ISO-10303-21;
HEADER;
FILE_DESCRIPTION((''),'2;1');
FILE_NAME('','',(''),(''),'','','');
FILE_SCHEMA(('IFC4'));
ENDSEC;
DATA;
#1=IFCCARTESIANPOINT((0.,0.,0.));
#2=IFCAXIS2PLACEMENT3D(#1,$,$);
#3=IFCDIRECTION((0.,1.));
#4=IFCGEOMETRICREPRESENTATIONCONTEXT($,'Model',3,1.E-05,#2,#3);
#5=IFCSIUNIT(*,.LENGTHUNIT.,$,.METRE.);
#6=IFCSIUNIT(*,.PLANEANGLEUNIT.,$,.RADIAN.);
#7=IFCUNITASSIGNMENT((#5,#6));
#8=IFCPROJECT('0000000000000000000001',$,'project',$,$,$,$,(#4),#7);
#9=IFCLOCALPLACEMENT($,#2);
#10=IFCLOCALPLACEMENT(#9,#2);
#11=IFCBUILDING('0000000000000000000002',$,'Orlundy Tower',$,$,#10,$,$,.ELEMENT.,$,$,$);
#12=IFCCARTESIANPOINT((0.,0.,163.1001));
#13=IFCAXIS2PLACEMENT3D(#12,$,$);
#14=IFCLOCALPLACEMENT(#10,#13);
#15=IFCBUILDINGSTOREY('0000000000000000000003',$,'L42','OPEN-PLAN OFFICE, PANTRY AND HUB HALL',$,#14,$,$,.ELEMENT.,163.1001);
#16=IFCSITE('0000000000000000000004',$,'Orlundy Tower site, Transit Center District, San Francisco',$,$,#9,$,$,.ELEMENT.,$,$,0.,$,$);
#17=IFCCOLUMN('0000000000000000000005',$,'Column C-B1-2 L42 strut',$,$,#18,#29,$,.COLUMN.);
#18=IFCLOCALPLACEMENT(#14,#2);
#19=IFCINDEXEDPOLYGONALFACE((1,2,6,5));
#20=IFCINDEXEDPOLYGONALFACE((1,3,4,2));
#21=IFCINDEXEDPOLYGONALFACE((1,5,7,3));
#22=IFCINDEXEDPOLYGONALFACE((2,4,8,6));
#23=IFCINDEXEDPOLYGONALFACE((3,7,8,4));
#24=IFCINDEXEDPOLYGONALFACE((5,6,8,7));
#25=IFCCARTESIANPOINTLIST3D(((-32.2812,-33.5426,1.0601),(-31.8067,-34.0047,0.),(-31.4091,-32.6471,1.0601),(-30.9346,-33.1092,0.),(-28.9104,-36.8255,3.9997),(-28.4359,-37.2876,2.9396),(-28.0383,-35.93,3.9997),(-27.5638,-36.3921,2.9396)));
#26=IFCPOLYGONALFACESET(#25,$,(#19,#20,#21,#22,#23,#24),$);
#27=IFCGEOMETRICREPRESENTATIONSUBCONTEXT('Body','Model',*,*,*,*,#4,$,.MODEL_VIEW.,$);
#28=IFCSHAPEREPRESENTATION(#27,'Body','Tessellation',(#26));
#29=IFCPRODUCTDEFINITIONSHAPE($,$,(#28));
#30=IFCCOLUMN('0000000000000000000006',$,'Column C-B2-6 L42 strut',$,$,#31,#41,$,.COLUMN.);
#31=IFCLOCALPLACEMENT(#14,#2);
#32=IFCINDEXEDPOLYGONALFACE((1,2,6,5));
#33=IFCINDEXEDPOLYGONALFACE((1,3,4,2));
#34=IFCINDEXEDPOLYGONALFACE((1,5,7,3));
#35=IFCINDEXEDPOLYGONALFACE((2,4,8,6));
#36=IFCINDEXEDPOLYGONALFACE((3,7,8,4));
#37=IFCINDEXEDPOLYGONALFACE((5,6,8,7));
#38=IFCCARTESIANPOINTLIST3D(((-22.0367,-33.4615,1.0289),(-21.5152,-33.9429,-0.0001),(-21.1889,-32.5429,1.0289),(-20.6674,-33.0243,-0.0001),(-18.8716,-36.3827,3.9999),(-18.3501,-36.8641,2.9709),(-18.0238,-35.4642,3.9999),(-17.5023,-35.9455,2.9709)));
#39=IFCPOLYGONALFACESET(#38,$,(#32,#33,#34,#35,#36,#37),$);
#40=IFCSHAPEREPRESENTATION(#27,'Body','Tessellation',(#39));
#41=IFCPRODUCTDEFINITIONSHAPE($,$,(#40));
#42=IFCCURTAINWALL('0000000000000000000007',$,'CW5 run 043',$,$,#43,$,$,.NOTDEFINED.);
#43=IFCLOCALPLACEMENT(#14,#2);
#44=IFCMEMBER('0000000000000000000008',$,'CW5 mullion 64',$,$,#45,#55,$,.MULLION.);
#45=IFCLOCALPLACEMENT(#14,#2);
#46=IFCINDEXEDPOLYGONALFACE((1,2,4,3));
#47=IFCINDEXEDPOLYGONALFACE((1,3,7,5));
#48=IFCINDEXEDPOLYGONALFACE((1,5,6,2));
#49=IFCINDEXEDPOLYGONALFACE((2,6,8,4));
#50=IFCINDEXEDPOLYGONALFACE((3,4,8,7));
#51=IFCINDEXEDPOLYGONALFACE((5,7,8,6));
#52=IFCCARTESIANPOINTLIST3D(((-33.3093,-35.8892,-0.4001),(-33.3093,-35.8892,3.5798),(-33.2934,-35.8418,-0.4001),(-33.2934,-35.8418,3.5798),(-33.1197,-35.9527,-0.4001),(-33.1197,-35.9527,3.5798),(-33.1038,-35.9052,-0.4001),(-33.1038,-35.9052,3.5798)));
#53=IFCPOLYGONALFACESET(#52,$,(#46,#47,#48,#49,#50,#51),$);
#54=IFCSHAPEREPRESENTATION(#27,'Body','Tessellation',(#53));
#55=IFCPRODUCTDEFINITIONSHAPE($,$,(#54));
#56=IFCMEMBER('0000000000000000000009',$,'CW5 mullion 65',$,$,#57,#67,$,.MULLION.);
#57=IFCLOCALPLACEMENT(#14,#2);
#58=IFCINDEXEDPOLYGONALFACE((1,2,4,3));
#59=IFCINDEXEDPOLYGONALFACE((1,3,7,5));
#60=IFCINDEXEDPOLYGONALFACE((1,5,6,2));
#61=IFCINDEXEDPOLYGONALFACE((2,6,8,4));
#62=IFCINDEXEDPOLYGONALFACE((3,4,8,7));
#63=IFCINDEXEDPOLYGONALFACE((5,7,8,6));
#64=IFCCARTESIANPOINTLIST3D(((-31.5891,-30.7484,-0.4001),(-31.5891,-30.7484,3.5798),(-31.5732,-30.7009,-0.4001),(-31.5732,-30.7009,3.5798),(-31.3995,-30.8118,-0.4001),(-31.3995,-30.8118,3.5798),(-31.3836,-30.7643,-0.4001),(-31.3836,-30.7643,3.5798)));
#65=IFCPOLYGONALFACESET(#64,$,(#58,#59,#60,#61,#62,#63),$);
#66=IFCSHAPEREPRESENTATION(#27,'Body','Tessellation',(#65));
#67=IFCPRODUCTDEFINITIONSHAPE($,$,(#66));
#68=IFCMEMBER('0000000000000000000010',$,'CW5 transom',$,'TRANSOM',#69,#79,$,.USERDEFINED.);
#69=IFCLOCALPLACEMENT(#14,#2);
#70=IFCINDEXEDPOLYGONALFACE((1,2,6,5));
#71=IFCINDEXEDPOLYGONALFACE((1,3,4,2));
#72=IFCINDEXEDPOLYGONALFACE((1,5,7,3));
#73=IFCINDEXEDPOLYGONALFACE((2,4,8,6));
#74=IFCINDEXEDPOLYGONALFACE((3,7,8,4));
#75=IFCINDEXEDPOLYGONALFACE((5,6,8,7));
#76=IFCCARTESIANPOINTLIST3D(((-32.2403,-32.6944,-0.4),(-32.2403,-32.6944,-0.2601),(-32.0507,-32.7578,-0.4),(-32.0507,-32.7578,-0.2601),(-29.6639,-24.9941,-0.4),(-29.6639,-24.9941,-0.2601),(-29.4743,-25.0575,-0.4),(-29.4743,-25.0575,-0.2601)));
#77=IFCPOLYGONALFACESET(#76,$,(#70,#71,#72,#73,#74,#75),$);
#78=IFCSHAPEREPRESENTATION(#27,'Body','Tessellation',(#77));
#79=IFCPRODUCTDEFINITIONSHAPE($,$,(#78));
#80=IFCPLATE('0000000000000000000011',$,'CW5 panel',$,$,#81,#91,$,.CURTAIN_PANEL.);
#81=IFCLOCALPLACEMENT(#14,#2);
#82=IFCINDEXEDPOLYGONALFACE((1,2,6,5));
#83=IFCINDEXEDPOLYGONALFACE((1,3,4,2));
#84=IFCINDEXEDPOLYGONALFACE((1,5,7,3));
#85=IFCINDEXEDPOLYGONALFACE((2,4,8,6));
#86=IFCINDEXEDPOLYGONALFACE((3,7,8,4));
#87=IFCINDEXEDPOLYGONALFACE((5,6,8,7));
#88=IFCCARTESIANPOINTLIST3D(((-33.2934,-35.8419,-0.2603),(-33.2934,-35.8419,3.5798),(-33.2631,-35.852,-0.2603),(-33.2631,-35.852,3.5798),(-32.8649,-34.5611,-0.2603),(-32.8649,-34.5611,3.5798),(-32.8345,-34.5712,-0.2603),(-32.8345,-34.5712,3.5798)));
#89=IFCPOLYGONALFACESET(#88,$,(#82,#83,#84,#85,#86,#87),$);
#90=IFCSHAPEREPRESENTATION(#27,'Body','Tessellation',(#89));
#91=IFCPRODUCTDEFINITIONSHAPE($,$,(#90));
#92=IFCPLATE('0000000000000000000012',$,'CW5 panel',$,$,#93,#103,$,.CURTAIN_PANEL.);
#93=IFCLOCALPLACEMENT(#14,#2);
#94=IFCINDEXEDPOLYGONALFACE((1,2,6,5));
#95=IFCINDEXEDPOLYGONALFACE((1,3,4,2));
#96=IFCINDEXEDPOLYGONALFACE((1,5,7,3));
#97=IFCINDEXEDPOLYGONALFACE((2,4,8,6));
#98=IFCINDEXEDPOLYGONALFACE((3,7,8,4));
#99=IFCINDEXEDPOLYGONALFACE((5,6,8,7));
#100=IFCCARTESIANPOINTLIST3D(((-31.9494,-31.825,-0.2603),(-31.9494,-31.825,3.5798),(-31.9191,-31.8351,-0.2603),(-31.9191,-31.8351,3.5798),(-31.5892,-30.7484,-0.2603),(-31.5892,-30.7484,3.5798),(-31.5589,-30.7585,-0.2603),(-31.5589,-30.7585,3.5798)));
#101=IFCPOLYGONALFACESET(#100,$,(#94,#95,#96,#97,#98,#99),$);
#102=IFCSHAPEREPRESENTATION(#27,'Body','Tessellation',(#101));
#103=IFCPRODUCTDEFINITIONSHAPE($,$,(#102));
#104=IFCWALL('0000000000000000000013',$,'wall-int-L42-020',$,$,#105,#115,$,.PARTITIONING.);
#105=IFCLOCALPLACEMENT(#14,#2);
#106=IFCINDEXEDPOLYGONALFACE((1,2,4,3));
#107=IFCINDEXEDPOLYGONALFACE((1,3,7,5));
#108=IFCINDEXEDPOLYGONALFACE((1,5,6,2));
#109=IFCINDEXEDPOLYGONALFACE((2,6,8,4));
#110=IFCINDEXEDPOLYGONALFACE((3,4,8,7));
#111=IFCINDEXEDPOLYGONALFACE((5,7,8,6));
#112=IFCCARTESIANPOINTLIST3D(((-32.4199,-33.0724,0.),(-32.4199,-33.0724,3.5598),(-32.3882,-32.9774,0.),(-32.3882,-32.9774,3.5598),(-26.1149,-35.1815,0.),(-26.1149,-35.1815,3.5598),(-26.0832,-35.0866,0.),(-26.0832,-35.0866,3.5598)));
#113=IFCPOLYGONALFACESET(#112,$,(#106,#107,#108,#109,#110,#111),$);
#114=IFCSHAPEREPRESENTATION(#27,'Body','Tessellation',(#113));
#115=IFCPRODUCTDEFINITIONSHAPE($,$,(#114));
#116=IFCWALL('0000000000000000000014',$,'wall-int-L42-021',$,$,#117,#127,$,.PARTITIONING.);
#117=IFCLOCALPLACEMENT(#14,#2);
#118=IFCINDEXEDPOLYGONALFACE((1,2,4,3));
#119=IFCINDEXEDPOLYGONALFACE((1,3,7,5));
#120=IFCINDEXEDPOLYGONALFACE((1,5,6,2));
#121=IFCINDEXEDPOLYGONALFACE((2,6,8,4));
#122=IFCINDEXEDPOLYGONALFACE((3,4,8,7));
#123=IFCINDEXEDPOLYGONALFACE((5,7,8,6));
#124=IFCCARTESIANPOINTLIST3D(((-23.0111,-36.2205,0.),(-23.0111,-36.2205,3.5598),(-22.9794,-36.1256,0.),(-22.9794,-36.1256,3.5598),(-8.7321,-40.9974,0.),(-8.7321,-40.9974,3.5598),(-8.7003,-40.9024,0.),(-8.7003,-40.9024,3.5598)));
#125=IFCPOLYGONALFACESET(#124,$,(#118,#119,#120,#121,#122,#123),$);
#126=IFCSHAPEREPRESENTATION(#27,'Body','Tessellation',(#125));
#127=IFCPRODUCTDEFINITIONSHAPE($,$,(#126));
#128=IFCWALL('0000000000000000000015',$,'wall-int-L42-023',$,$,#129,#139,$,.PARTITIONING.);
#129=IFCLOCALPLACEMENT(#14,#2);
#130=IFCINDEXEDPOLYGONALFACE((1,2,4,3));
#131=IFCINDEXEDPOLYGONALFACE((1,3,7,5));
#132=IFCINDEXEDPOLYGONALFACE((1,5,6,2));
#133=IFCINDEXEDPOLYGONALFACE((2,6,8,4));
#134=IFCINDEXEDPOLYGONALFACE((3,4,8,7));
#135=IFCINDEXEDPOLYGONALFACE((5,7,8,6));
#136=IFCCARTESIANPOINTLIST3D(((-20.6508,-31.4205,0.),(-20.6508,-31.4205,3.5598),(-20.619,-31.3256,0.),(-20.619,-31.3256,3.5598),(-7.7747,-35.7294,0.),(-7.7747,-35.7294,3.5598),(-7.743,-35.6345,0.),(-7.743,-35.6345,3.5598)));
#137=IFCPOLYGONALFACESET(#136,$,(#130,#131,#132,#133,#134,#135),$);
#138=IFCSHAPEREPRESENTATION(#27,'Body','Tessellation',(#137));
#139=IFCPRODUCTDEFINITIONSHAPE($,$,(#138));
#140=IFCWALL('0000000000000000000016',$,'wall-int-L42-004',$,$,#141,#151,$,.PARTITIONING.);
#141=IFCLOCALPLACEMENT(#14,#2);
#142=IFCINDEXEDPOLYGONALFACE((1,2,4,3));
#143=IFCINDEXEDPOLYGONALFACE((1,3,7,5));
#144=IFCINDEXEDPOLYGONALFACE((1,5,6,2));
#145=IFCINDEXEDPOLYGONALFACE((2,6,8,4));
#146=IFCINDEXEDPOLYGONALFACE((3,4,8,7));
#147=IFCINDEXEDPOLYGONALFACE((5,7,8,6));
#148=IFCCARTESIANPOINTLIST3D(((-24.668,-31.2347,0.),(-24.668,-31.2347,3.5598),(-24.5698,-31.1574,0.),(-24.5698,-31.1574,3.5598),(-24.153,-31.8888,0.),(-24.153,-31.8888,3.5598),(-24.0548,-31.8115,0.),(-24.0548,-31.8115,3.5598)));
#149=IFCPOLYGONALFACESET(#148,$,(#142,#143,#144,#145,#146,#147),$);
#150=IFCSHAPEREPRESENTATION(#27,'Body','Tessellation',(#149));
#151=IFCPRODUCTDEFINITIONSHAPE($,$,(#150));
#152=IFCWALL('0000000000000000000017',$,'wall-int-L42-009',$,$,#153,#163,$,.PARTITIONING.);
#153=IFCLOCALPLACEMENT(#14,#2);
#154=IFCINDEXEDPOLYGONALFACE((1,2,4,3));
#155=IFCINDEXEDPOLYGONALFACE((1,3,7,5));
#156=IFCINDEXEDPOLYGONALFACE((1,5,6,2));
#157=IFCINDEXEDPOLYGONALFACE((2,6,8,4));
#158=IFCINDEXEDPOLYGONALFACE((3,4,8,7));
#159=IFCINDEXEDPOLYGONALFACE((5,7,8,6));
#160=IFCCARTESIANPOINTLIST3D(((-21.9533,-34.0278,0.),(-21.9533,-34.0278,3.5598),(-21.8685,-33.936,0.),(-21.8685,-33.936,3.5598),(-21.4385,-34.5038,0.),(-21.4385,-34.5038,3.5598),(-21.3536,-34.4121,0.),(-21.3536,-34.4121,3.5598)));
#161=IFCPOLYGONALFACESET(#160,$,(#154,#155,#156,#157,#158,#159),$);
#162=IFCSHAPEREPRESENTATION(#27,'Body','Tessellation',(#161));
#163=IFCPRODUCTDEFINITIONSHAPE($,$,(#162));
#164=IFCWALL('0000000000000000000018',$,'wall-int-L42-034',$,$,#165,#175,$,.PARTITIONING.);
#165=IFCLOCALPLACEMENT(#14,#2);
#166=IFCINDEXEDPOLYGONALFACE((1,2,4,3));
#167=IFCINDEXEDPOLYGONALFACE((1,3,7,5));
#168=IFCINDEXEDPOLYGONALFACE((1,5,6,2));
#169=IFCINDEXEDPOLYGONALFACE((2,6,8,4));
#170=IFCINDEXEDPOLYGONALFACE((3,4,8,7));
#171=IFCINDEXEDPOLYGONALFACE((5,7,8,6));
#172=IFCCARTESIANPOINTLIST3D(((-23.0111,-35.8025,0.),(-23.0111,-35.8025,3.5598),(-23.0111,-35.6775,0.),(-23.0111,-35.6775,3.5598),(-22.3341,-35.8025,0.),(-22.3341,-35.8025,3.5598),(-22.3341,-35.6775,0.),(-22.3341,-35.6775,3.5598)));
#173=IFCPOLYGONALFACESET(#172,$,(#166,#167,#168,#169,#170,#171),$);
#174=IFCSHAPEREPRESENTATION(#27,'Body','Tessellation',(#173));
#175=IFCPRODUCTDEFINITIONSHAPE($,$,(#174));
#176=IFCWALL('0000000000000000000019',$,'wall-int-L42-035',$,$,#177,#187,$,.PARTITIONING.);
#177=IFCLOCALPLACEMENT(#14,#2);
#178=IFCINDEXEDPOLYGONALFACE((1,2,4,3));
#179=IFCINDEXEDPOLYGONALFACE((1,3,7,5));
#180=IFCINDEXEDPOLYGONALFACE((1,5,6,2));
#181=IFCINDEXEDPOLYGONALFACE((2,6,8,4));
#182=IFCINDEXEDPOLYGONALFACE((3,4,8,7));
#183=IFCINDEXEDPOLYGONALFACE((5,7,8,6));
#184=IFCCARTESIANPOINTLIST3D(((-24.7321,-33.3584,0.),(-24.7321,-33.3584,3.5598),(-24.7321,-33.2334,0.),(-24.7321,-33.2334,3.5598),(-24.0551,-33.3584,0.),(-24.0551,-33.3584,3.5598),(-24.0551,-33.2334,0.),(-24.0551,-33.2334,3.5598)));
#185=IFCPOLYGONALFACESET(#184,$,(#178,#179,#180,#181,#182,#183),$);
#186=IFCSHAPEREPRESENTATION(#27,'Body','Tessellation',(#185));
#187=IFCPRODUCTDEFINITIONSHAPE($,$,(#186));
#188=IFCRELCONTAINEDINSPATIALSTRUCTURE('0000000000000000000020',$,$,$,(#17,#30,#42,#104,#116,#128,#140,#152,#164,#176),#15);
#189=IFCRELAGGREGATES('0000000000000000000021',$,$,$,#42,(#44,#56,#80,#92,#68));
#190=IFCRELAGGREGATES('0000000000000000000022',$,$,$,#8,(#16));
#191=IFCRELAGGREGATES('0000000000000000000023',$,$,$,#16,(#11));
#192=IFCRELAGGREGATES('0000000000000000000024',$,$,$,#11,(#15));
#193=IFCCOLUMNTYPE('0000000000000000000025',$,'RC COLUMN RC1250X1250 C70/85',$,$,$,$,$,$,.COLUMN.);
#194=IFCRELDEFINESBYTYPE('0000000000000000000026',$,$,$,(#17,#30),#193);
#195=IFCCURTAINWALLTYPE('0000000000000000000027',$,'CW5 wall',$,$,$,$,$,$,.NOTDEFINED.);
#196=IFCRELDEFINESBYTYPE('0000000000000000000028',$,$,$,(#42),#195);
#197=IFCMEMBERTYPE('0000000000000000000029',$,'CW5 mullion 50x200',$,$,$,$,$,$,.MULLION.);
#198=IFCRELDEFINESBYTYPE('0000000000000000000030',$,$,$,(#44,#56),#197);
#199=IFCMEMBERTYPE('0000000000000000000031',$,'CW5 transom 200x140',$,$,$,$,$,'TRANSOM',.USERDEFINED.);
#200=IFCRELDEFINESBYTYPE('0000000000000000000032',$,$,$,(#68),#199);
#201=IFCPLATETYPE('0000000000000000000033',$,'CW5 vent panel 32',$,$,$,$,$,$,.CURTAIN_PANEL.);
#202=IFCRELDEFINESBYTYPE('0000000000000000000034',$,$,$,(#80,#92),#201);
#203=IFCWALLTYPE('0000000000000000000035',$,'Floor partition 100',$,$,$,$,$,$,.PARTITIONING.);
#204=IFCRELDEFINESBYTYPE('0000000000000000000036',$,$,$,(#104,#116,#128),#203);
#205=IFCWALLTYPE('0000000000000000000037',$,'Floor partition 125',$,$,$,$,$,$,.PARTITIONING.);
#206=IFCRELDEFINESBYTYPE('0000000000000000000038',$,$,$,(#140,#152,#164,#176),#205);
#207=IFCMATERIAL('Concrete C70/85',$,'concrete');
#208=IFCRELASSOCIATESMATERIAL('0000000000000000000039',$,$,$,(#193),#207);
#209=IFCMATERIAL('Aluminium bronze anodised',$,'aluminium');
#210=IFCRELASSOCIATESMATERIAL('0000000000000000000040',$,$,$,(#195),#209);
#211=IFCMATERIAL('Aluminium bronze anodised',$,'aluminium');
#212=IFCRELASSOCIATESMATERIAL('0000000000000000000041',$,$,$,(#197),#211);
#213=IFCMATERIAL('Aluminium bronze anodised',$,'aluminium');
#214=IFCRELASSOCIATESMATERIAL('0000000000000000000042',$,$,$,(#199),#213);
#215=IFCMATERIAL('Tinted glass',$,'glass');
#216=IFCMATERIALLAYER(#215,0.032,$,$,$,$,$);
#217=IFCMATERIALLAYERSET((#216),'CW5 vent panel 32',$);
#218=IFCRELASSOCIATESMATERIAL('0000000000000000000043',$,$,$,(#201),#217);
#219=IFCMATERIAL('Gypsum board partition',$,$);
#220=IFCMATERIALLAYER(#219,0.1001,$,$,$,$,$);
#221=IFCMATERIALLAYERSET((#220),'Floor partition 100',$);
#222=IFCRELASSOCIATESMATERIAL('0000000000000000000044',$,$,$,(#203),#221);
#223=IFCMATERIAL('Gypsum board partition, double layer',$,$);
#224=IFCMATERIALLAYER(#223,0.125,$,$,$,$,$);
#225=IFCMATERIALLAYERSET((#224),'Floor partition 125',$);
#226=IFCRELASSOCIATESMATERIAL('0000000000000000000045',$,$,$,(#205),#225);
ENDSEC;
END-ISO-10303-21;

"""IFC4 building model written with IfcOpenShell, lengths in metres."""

from ifc_helpers import new_model, si_unit, direction, frame, frame_2d, origin, origin_2d, place, context, subcontext, project, spatial, rectangle, extrude, material, layer, layer_set, material_profile, profile_set, type_object, element, aggregate, save


model = new_model("IFC4")

# Units and contexts
model_context = context("Model", 3, precision=1e-05, world=origin(), true_north=direction((0.0, 1.0)))
body_context = subcontext(model_context, "Body", "Model", "MODEL_VIEW")
ifc_project = project(units=[si_unit("LENGTHUNIT", "METRE"), si_unit("PLANEANGLEUNIT", "RADIAN")], contexts=[model_context])

# Site, building, storey
site_placement = place(None, origin())
site = spatial("IfcSite", under=ifc_project, at=site_placement, Name="Orlundy Tower site, Transit Center District, San Francisco", CompositionType="ELEMENT", RefElevation=0.0)
building_placement = place(site_placement, origin())
building = spatial("IfcBuilding", under=site, at=building_placement, Name="Orlundy Tower", CompositionType="ELEMENT")
storey_placement = place(building_placement, frame((0.0, 0.0, 163.1001)))
storey = spatial("IfcBuildingStorey", under=building, at=storey_placement, Name="L42", Description="OPEN-PLAN OFFICE, PANTRY AND HUB HALL", CompositionType="ELEMENT", Elevation=163.1001)

# Columns
ifc_material_1 = material(Name="Concrete C70/85", Category="concrete")
ifc_material_profile_1 = material_profile(ifc_material_1, rectangle(XDim=1.25, YDim=1.25, at=origin_2d()), Name="RC1250X1250")
ifc_profile_set_1 = profile_set([ifc_material_profile_1], Name="Concrete C70/85")
column_type = type_object("IfcColumnType", Name="RC COLUMN RC1250X1250 C70/85", PredefinedType="COLUMN", material=ifc_profile_set_1)
column_1_placement = place(storey_placement, frame((-31.6079, -33.3259, 0.53), z_axis=(0.60756, -0.591719, 0.529849), x_axis=(0.697706, 0.716385, 0.0)))
element("IfcColumn", 1, at=column_1_placement, inside=storey, type_object=column_type, Name="Column C-B1-2 L42 strut", PredefinedType="COLUMN", context=body_context, shape_type="SweptSolid", body=[
    extrude(rectangle(XDim=1.25, YDim=1.25, at=origin_2d()), origin(), (0.0, 0.0, 1.0), 5.5481),
])
column_2_placement = place(storey_placement, frame((-21.3521, -33.2429, 0.5144), z_axis=(0.604903, -0.558289, 0.567808), x_axis=(0.678226, 0.734853, 0.0)))
element("IfcColumn", 2, at=column_2_placement, inside=storey, type_object=column_type, Name="Column C-B2-6 L42 strut", PredefinedType="COLUMN", context=body_context, shape_type="SweptSolid", body=[
    extrude(rectangle(XDim=1.25, YDim=1.25, at=origin_2d()), origin(), (0.0, 0.0, 1.0), 5.2324),
])

# Curtain wall, members, plates
ifc_material_2 = material(Name="Aluminium bronze anodised", Category="aluminium")
curtain_wall_type = type_object("IfcCurtainWallType", Name="CW5 wall", PredefinedType="NOTDEFINED", material=ifc_material_2)
curtain_wall_placement = place(storey_placement, origin())
curtain_wall = element("IfcCurtainWall", 3, at=curtain_wall_placement, inside=storey, type_object=curtain_wall_type, Name="CW5 run 043", PredefinedType="NOTDEFINED")
ifc_material_3 = material(Name="Aluminium bronze anodised", Category="aluminium")
ifc_material_profile_2 = material_profile(ifc_material_3, rectangle(XDim=0.2, YDim=0.05, at=origin_2d()), Name="CW5 mullion 50x200")
ifc_profile_set_2 = profile_set([ifc_material_profile_2], Name="Aluminium bronze anodised")
member_type_1 = type_object("IfcMemberType", Name="CW5 mullion 50x200", PredefinedType="MULLION", material=ifc_profile_set_2)
member_1_placement = place(storey_placement, frame((-33.2065, -35.8972, -0.4001), z_axis=(0.0, 0.0, 1.0), x_axis=(-0.948321, 0.317312, 0.0)))
member_1 = element("IfcMember", 4, at=member_1_placement, type_object=member_type_1, Name="CW5 mullion 64", PredefinedType="MULLION", context=body_context, shape_type="SweptSolid", body=[
    extrude(rectangle(XDim=0.2, YDim=0.05, at=origin_2d()), origin(), (0.0, 0.0, 1.0), 3.98),
])
member_2_placement = place(storey_placement, frame((-31.4863, -30.7563, -0.4001), z_axis=(0.0, 0.0, 1.0), x_axis=(-0.948321, 0.317312, 0.0)))
member_2 = element("IfcMember", 5, at=member_2_placement, type_object=member_type_1, Name="CW5 mullion 65", PredefinedType="MULLION", context=body_context, shape_type="SweptSolid", body=[
    extrude(rectangle(XDim=0.2, YDim=0.05, at=origin_2d()), origin(), (0.0, 0.0, 1.0), 3.98),
])
ifc_material_4 = material(Name="Aluminium bronze anodised", Category="aluminium")
ifc_material_profile_3 = material_profile(ifc_material_4, rectangle(XDim=0.2, YDim=0.1399, at=origin_2d()), Name="CW5 transom 200x140")
ifc_profile_set_3 = profile_set([ifc_material_profile_3], Name="Aluminium bronze anodised")
member_type_2 = type_object("IfcMemberType", Name="CW5 transom 200x140", ElementType="TRANSOM", PredefinedType="USERDEFINED", material=ifc_profile_set_3)
member_3_placement = place(storey_placement, frame((-32.1455, -32.7261, -0.3301), z_axis=(0.317301, 0.948325, 0.0), x_axis=(-0.948325, 0.317301, 0.0)))
member_3 = element("IfcMember", 6, at=member_3_placement, type_object=member_type_2, Name="CW5 transom", ObjectType="TRANSOM", PredefinedType="USERDEFINED", context=body_context, shape_type="SweptSolid", body=[
    extrude(rectangle(XDim=0.2, YDim=0.1399, at=origin_2d()), origin(), (0.0, 0.0, 1.0), 8.1199),
])
ifc_material_5 = material(Name="Tinted glass", Category="glass")
ifc_layer_1 = layer(ifc_material_5, 0.032)
ifc_layer_set_1 = layer_set([ifc_layer_1], Name="CW5 vent panel 32")
plate_type = type_object("IfcPlateType", Name="CW5 vent panel 32", PredefinedType="CURTAIN_PANEL", material=ifc_layer_set_1)
plate_1_placement = place(storey_placement, frame((-33.064, -35.2065, -0.2603), z_axis=(0.0, 0.0, 1.0), x_axis=(0.317312, 0.948321, 0.0)))
plate_1 = element("IfcPlate", 7, at=plate_1_placement, type_object=plate_type, Name="CW5 panel", PredefinedType="CURTAIN_PANEL", context=body_context, shape_type="SweptSolid", body=[
    extrude(rectangle(XDim=1.3506, YDim=0.032, at=origin_2d()), origin(), (0.0, 0.0, 1.0), 3.8401),
])
plate_2_placement = place(storey_placement, frame((-31.7542, -31.2917, -0.2603), z_axis=(0.0, 0.0, 1.0), x_axis=(0.317312, 0.948321, 0.0)))
plate_2 = element("IfcPlate", 8, at=plate_2_placement, type_object=plate_type, Name="CW5 panel", PredefinedType="CURTAIN_PANEL", context=body_context, shape_type="SweptSolid", body=[
    extrude(rectangle(XDim=1.1353, YDim=0.032, at=origin_2d()), origin(), (0.0, 0.0, 1.0), 3.8401),
])
aggregate(curtain_wall, [member_1, member_2, plate_1, plate_2, member_3])

# Walls
ifc_material_6 = material(Name="Gypsum board partition")
ifc_layer_2 = layer(ifc_material_6, 0.1001)
ifc_layer_set_2 = layer_set([ifc_layer_2], Name="Floor partition 100")
wall_type_1 = type_object("IfcWallType", Name="Floor partition 100", PredefinedType="PARTITIONING", material=ifc_layer_set_2)
wall_1_placement = place(storey_placement, frame((-32.4041, -33.0249, 0.0), z_axis=(0.0, 0.0, 1.0), x_axis=(0.948345, -0.317241, 0.0)))
element("IfcWall", 9, at=wall_1_placement, inside=storey, type_object=wall_type_1, Name="wall-int-L42-020", PredefinedType="PARTITIONING", context=body_context, shape_type="SweptSolid", body=[
    extrude(rectangle(XDim=6.6484, YDim=0.1001, at=frame_2d((3.3242, 0.0))), origin(), (0.0, 0.0, 1.0), 3.5598),
])
wall_2_placement = place(storey_placement, frame((-22.9951, -36.1731, 0.0), z_axis=(0.0, 0.0, 1.0), x_axis=(0.948341, -0.317254, 0.0)))
element("IfcWall", 10, at=wall_2_placement, inside=storey, type_object=wall_type_1, Name="wall-int-L42-021", PredefinedType="PARTITIONING", context=body_context, shape_type="SweptSolid", body=[
    extrude(rectangle(XDim=15.0569, YDim=0.1001, at=frame_2d((7.5283, 0.0))), origin(), (0.0, 0.0, 1.0), 3.5598),
])
wall_3_placement = place(storey_placement, frame((-20.635, -31.373, 0.0), z_axis=(0.0, 0.0, 1.0), x_axis=(0.94831, -0.317344, 0.0)))
element("IfcWall", 11, at=wall_3_placement, inside=storey, type_object=wall_type_1, Name="wall-int-L42-023", PredefinedType="PARTITIONING", context=body_context, shape_type="SweptSolid", body=[
    extrude(rectangle(XDim=13.5779, YDim=0.1001, at=frame_2d((6.7891, 0.0))), origin(), (0.0, 0.0, 1.0), 3.5598),
])
ifc_material_7 = material(Name="Gypsum board partition, double layer")
ifc_layer_3 = layer(ifc_material_7, 0.125)
ifc_layer_set_3 = layer_set([ifc_layer_3], Name="Floor partition 125")
wall_type_2 = type_object("IfcWallType", Name="Floor partition 125", PredefinedType="PARTITIONING", material=ifc_layer_set_3)
wall_4_placement = place(storey_placement, frame((-24.6189, -31.196, 0.0), z_axis=(0.0, 0.0, 1.0), x_axis=(0.61856, -0.785738, 0.0)))
element("IfcWall", 12, at=wall_4_placement, inside=storey, type_object=wall_type_2, Name="wall-int-L42-004", PredefinedType="PARTITIONING", context=body_context, shape_type="SweptSolid", body=[
    extrude(rectangle(XDim=0.8325, YDim=0.125, at=frame_2d((0.4163, 0.0))), origin(), (0.0, 0.0, 1.0), 3.5598),
])
wall_5_placement = place(storey_placement, frame((-21.9109, -33.9819, 0.0), z_axis=(0.0, 0.0, 1.0), x_axis=(0.734243, -0.678887, 0.0)))
element("IfcWall", 13, at=wall_5_placement, inside=storey, type_object=wall_type_2, Name="wall-int-L42-009", PredefinedType="PARTITIONING", context=body_context, shape_type="SweptSolid", body=[
    extrude(rectangle(XDim=0.7012, YDim=0.125, at=frame_2d((0.3506, 0.0))), origin(), (0.0, 0.0, 1.0), 3.5598),
])
for number, where, z_axis, x_axis, name in (
    (14, (-23.011, -35.74, 0.0), (0.0, 0.0, 1.0), (1.0, 0.0, 0.0), "wall-int-L42-034"),
    (15, (-24.7319, -33.2959, 0.0), (0.0, 0.0, 1.0), (1.0, 0.0, 0.0), "wall-int-L42-035"),
):
    element("IfcWall", number, at=place(storey_placement, frame(where, z_axis=z_axis, x_axis=x_axis)), inside=storey, type_object=wall_type_2, Name=name, PredefinedType="PARTITIONING", context=body_context, shape_type="SweptSolid", body=[
        extrude(rectangle(XDim=0.677, YDim=0.125, at=frame_2d((0.3384, 0.0))), origin(), (0.0, 0.0, 1.0), 3.5598),
    ])

save(model, "model.ifc")
